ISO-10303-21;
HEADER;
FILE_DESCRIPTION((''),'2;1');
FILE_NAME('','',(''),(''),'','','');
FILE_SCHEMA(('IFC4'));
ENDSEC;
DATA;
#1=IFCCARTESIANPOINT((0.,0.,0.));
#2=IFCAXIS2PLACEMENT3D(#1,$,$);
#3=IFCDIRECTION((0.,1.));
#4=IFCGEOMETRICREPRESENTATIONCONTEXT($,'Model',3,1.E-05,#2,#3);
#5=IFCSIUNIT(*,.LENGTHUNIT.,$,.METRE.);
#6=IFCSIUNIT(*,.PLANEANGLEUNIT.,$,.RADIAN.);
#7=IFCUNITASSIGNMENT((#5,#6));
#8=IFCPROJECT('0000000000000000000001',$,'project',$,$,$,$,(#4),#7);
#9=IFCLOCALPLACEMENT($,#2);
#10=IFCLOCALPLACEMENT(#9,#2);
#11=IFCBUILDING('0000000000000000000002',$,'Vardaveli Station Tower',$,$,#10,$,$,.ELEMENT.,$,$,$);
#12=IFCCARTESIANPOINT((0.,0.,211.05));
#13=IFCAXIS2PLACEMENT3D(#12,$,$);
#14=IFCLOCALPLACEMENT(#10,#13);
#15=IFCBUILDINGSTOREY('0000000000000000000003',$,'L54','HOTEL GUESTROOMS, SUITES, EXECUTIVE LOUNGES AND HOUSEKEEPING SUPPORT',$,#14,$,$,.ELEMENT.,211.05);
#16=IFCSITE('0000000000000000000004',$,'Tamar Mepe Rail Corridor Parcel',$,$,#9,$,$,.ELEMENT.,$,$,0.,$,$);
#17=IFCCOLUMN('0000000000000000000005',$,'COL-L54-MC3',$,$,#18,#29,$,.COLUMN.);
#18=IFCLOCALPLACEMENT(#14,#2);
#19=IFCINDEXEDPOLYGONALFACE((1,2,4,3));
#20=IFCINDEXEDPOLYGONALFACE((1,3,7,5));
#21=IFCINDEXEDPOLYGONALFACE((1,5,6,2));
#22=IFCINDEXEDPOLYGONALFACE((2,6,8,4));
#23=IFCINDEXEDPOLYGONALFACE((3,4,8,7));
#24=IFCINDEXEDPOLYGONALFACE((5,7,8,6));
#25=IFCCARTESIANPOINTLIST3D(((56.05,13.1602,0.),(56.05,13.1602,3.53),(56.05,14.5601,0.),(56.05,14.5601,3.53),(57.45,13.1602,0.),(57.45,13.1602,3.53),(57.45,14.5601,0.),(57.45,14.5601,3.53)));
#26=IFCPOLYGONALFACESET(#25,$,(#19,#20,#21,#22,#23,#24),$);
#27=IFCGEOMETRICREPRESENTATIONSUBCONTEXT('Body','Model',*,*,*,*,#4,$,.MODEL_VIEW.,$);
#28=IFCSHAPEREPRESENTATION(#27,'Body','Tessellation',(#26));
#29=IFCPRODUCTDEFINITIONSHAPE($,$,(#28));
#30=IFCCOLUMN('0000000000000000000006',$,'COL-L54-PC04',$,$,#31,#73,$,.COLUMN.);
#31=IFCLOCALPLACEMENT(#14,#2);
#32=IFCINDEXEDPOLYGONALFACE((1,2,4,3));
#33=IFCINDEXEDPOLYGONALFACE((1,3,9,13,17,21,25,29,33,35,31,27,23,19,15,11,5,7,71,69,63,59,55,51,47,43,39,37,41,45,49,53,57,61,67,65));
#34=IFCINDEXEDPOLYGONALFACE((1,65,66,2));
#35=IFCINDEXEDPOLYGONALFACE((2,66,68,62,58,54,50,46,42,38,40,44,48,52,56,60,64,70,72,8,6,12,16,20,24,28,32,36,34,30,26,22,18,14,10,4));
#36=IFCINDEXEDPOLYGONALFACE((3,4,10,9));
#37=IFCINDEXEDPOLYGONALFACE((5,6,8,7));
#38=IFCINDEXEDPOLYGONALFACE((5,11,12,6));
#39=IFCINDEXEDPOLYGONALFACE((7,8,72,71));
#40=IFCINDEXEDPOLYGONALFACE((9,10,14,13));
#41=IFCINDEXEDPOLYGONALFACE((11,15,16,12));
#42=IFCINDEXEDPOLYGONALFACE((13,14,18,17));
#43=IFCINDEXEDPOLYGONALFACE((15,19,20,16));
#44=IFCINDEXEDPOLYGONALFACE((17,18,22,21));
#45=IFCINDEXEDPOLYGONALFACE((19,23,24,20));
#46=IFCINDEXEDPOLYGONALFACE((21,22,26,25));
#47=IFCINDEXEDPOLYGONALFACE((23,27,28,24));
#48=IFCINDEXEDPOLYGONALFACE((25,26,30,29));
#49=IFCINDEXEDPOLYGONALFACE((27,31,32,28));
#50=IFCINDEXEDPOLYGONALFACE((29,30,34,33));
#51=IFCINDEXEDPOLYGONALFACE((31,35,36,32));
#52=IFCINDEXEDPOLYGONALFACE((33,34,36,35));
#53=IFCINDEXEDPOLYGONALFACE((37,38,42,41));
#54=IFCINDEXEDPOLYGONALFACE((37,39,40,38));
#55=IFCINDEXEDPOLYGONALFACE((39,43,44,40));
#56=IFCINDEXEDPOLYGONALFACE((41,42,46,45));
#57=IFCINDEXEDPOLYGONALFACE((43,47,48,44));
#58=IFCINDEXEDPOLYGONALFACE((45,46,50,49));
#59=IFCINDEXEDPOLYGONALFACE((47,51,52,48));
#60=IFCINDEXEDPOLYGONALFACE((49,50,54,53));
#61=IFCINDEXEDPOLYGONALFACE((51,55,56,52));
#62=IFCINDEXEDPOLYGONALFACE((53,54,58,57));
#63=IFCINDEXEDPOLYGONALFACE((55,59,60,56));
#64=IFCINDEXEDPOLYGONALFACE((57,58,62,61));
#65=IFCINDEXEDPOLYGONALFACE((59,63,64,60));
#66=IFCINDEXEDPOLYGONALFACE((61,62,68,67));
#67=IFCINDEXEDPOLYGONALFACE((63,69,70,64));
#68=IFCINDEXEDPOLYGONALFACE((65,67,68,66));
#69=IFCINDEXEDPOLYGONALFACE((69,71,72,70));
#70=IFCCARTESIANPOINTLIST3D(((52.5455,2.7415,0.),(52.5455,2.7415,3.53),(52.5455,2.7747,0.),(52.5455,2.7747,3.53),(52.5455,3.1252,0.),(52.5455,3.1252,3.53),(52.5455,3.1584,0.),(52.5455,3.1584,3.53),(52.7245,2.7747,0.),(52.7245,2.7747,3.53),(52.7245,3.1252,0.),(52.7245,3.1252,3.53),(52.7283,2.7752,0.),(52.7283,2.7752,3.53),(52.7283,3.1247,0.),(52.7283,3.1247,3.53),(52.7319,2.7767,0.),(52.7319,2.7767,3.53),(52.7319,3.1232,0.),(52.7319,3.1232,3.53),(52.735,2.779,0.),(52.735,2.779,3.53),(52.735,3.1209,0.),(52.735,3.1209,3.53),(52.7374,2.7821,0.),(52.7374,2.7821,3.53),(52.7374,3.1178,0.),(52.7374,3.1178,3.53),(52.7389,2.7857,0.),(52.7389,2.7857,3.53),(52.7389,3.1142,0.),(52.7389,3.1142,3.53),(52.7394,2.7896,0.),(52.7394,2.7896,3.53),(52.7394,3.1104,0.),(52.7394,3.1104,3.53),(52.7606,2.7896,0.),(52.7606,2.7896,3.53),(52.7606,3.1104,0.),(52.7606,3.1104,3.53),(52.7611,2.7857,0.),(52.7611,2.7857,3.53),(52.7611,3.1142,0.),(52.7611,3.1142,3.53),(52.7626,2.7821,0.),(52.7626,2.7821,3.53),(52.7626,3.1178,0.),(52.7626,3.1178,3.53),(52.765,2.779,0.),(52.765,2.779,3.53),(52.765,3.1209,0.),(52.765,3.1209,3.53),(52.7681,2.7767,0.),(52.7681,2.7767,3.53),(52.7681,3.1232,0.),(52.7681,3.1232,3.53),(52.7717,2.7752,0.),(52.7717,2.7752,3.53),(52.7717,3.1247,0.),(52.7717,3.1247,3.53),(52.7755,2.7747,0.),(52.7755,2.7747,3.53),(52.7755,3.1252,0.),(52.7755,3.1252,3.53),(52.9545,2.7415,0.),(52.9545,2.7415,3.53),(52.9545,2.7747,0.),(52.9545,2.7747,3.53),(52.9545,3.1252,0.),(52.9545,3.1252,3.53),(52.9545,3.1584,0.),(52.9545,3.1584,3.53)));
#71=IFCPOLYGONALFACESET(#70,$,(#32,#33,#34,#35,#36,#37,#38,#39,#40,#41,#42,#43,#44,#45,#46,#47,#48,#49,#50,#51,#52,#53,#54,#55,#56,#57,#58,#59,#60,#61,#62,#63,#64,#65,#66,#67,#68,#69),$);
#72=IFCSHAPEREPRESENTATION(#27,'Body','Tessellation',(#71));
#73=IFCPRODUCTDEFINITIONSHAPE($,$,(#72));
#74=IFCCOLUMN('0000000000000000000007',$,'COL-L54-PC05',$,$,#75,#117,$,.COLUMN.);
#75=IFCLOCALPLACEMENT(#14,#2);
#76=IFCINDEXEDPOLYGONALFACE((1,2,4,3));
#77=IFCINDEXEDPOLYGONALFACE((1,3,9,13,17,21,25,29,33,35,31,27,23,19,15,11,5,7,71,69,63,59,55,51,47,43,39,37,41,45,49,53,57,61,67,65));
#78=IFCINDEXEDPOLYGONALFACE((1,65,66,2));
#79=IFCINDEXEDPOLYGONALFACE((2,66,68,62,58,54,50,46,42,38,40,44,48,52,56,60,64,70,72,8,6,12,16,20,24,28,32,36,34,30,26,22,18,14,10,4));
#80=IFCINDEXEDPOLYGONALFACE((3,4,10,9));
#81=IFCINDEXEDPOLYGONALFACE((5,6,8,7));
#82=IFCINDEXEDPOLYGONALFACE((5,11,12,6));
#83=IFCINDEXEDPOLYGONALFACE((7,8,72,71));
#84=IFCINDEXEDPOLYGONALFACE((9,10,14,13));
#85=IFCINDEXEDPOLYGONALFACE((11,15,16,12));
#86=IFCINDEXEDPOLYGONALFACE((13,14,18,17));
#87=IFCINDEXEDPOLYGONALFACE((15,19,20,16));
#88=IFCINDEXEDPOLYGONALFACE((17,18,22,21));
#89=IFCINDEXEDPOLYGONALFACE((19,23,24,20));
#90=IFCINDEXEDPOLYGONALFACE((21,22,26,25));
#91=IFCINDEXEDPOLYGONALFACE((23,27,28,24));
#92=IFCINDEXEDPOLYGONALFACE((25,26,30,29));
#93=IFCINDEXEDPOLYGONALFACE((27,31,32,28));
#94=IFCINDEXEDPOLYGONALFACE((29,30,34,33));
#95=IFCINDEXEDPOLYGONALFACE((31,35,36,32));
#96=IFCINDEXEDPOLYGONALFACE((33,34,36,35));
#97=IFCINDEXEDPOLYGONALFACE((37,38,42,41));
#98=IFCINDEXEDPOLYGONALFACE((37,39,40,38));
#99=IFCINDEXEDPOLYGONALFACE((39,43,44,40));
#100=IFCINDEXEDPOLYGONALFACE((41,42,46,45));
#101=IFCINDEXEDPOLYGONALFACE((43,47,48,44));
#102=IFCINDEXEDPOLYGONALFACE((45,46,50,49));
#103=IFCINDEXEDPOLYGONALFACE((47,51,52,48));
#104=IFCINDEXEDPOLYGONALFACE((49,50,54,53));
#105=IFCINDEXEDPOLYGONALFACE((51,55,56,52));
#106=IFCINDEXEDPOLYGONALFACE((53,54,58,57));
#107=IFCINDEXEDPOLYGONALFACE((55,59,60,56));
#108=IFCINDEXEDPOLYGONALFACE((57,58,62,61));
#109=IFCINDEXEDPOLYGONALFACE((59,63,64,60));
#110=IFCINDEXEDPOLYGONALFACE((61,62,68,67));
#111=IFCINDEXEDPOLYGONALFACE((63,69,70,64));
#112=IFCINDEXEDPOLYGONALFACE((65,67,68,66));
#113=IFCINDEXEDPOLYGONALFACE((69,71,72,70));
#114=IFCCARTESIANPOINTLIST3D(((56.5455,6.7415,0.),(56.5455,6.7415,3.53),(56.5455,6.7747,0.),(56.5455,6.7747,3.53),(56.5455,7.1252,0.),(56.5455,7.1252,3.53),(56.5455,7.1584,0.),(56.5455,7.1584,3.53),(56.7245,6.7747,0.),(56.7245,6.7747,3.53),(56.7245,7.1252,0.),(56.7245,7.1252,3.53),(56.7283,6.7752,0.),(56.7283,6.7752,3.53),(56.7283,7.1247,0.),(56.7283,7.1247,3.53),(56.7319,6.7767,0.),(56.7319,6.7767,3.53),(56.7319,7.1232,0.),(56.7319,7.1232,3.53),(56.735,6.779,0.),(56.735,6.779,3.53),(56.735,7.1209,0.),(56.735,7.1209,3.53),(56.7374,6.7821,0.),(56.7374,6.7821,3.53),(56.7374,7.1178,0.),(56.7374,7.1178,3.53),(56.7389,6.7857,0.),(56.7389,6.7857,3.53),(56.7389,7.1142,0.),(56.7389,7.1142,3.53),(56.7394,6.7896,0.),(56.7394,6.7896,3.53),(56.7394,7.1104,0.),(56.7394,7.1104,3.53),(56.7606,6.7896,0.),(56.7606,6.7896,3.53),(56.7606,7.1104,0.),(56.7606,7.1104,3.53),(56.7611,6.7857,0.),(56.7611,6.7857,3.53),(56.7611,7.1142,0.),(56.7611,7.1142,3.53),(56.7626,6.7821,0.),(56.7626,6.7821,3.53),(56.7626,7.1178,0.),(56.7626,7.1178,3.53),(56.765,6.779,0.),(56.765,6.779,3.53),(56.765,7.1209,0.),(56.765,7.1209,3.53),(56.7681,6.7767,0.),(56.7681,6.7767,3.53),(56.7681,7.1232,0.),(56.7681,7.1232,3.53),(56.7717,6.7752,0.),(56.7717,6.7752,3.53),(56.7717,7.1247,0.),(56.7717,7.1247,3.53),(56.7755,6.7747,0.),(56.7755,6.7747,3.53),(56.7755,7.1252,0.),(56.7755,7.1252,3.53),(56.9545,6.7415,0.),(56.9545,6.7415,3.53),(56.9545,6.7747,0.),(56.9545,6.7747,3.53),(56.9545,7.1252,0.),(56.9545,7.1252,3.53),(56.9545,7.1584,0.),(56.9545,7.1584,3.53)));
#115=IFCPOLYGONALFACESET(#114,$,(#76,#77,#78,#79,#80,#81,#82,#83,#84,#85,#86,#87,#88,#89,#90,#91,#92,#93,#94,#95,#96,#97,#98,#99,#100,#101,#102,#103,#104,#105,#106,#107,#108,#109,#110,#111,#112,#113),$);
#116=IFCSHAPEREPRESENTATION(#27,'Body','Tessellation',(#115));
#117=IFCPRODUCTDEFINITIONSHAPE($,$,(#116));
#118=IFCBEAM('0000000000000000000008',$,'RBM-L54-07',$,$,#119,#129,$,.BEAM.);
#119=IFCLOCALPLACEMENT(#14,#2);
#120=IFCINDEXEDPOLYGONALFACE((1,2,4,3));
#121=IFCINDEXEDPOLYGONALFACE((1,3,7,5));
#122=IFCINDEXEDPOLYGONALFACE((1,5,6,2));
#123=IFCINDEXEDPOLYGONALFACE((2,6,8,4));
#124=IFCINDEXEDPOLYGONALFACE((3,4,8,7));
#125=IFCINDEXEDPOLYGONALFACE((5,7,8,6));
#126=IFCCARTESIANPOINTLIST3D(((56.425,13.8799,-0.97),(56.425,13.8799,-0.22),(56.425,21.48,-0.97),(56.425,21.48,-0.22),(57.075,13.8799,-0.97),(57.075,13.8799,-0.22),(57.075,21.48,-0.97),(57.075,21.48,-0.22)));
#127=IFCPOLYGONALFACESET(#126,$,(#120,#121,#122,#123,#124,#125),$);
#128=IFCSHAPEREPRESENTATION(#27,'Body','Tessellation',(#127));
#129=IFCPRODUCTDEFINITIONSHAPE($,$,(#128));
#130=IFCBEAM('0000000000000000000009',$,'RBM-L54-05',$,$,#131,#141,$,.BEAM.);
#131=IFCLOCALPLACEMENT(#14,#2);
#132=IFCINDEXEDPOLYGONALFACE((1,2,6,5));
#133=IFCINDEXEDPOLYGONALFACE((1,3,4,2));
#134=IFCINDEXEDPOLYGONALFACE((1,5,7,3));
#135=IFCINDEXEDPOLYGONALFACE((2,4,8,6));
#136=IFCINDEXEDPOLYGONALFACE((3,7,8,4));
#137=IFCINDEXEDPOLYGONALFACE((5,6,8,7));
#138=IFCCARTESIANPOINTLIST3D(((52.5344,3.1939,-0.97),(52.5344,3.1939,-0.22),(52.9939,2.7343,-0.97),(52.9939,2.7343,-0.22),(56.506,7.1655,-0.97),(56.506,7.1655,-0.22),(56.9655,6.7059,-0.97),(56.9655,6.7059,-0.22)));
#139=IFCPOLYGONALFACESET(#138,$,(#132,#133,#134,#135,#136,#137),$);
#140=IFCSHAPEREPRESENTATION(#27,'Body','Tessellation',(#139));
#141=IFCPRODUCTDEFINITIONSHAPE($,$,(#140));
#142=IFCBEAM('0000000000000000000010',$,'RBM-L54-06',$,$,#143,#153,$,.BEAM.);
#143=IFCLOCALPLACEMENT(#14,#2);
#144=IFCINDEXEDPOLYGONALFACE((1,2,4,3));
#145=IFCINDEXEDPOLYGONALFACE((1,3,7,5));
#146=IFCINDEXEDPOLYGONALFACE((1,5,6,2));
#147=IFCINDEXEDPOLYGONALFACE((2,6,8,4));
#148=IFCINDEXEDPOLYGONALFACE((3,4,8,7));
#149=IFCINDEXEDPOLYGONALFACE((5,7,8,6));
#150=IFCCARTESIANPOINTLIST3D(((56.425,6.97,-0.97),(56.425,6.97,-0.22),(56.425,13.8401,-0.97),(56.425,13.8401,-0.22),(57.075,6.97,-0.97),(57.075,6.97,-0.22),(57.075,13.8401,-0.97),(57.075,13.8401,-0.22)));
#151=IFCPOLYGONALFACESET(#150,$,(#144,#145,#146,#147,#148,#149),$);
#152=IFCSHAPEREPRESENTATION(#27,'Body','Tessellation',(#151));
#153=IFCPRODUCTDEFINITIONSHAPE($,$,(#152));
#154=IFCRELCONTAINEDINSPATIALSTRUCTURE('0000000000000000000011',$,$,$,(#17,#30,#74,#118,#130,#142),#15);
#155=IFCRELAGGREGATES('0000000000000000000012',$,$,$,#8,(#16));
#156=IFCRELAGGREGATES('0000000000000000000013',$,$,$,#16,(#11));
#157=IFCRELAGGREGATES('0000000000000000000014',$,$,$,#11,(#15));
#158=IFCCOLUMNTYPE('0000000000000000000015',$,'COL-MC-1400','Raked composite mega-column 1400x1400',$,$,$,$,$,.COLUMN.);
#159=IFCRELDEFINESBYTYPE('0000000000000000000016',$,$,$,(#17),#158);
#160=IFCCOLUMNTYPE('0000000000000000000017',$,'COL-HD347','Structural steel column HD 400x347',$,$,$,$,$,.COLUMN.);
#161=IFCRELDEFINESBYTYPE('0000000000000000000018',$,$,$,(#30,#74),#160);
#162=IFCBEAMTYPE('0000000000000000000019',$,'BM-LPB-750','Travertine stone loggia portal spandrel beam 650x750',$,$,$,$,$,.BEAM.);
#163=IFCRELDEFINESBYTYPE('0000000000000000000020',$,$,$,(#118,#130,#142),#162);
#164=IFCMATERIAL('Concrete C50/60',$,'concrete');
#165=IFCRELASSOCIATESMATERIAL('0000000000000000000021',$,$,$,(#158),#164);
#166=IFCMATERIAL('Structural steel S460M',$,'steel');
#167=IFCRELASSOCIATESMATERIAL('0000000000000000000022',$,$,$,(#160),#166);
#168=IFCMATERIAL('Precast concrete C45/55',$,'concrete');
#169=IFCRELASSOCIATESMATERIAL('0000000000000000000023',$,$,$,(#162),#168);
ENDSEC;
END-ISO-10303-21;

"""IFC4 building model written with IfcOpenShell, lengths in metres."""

from ifc_helpers import new_model, si_unit, direction, frame, origin, origin_2d, place, context, subcontext, project, spatial, rectangle, i_section, extrude, source, transform, mapped, material, material_profile, profile_set, type_object, element, save


model = new_model("IFC4")

# Units and contexts
model_context = context("Model", 3, precision=1e-05, world=origin(), true_north=direction((0.0, 1.0)))
body_context = subcontext(model_context, "Body", "Model", "MODEL_VIEW")
ifc_project = project(units=[si_unit("LENGTHUNIT", "METRE"), si_unit("PLANEANGLEUNIT", "RADIAN")], contexts=[model_context])

# Site, building, storey
site_placement = place(None, origin())
site = spatial("IfcSite", under=ifc_project, at=site_placement, Name="Tamar Mepe Rail Corridor Parcel", CompositionType="ELEMENT", RefElevation=0.0)
building_placement = place(site_placement, origin())
building = spatial("IfcBuilding", under=site, at=building_placement, Name="Vardaveli Station Tower", CompositionType="ELEMENT")
storey_placement = place(building_placement, frame((0.0, 0.0, 211.05)))
storey = spatial("IfcBuildingStorey", under=building, at=storey_placement, Name="L54", Description="HOTEL GUESTROOMS, SUITES, EXECUTIVE LOUNGES AND HOUSEKEEPING SUPPORT", CompositionType="ELEMENT", Elevation=211.05)

# Columns
ifc_material_1 = material(Name="Concrete C50/60", Category="concrete")
ifc_material_profile_1 = material_profile(ifc_material_1, rectangle(XDim=1.3999, YDim=1.3999, at=origin_2d()), Name="MC 1400x1400")
ifc_profile_set_1 = profile_set([ifc_material_profile_1], Name="Concrete C50/60")
column_type_1 = type_object("IfcColumnType", Name="COL-MC-1400", Description="Raked composite mega-column 1400x1400", PredefinedType="COLUMN", material=ifc_profile_set_1)
shared_shape_1 = source(origin(), body_context, "Body", "SweptSolid", [
    extrude(rectangle(XDim=1.3999, YDim=1.3999, at=origin_2d()), origin(), (0.0, 0.0, 1.0), 3.53),
])
column_placement = place(storey_placement, frame((56.75, 13.8601, 0.0), z_axis=(0.0, 0.0, 1.0), x_axis=(1.0, 0.0, 0.0)))
element("IfcColumn", 1, at=column_placement, inside=storey, type_object=column_type_1, Name="COL-L54-MC3", PredefinedType="COLUMN", context=body_context, shape_type="MappedRepresentation", body=[
    mapped(shared_shape_1, transform((0.0, 0.0, 0.0), scale=1.0)),
])
ifc_material_2 = material(Name="Structural steel S460M", Category="steel")
ifc_material_profile_2 = material_profile(ifc_material_2, i_section(OverallWidth=0.4089, OverallDepth=0.417, WebThickness=0.0212, FlangeThickness=0.0332, FilletRadius=0.0149, at=origin_2d()), Name="HD 400x347")
ifc_profile_set_2 = profile_set([ifc_material_profile_2], Name="Structural steel S460M")
column_type_2 = type_object("IfcColumnType", Name="COL-HD347", Description="Structural steel column HD 400x347", PredefinedType="COLUMN", material=ifc_profile_set_2)
shared_shape_2 = source(origin(), body_context, "Body", "SweptSolid", [
    extrude(i_section(OverallWidth=0.4089, OverallDepth=0.417, WebThickness=0.0212, FlangeThickness=0.0332, FilletRadius=0.0149, at=origin_2d()), origin(), (0.0, 0.0, 1.0), 3.53),
])
for number, where, z_axis, x_axis, name in (
    (2, (52.75, 2.95, 0.0), (0.0, 0.0, 1.0), (1.0, 0.0, 0.0), "COL-L54-PC04"),
    (3, (56.75, 6.95, 0.0), (0.0, 0.0, 1.0), (1.0, 0.0, 0.0), "COL-L54-PC05"),
):
    element("IfcColumn", number, at=place(storey_placement, frame(where, z_axis=z_axis, x_axis=x_axis)), inside=storey, type_object=column_type_2, Name=name, PredefinedType="COLUMN", context=body_context, shape_type="MappedRepresentation", body=[
        mapped(shared_shape_2, transform((0.0, 0.0, 0.0), scale=1.0)),
    ])

# Beams
ifc_material_3 = material(Name="Precast concrete C45/55", Category="concrete")
ifc_material_profile_3 = material_profile(ifc_material_3, rectangle(XDim=0.6499, YDim=0.75, at=origin_2d()), Name="LPB 650x750")
ifc_profile_set_3 = profile_set([ifc_material_profile_3], Name="Precast concrete C45/55")
beam_type_1 = type_object("IfcBeamType", Name="BM-LPB-750", Description="Travertine stone loggia portal spandrel beam 650x750", PredefinedType="BEAM", material=ifc_profile_set_3)
shared_shape_3 = source(origin(), body_context, "Body", "SweptSolid", [
    extrude(rectangle(XDim=0.6499, YDim=0.75, at=origin_2d()), origin(), (0.0, 0.0, 1.0), 7.6001),
])
beam_1_placement = place(storey_placement, frame((56.75, 13.8799, -0.595), z_axis=(0.0, 1.0, 0.0), x_axis=(-1.0, 0.0, 0.0)))
element("IfcBeam", 4, at=beam_1_placement, inside=storey, type_object=beam_type_1, Name="RBM-L54-07", PredefinedType="BEAM", context=body_context, shape_type="MappedRepresentation", body=[
    mapped(shared_shape_3, transform((0.0, 0.0, 0.0), scale=1.0)),
])
shared_shape_4 = source(origin(), body_context, "Body", "SweptSolid", [
    extrude(rectangle(XDim=0.6499, YDim=0.75, at=origin_2d()), origin(), (0.0, 0.0, 1.0), 5.6167),
])
beam_2_placement = place(storey_placement, frame((52.7642, 2.9641, -0.595), z_axis=(0.707107, 0.707107, 0.0), x_axis=(-0.707107, 0.707107, 0.0)))
element("IfcBeam", 5, at=beam_2_placement, inside=storey, type_object=beam_type_1, Name="RBM-L54-05", PredefinedType="BEAM", context=body_context, shape_type="MappedRepresentation", body=[
    mapped(shared_shape_4, transform((0.0, 0.0, 0.0), scale=1.0)),
])
shared_shape_5 = source(origin(), body_context, "Body", "SweptSolid", [
    extrude(rectangle(XDim=0.6499, YDim=0.75, at=origin_2d()), origin(), (0.0, 0.0, 1.0), 6.8701),
])
beam_3_placement = place(storey_placement, frame((56.75, 6.97, -0.595), z_axis=(0.0, 1.0, 0.0), x_axis=(-1.0, 0.0, 0.0)))
element("IfcBeam", 6, at=beam_3_placement, inside=storey, type_object=beam_type_1, Name="RBM-L54-06", PredefinedType="BEAM", context=body_context, shape_type="MappedRepresentation", body=[
    mapped(shared_shape_5, transform((0.0, 0.0, 0.0), scale=1.0)),
])

save(model, "model.ifc")
